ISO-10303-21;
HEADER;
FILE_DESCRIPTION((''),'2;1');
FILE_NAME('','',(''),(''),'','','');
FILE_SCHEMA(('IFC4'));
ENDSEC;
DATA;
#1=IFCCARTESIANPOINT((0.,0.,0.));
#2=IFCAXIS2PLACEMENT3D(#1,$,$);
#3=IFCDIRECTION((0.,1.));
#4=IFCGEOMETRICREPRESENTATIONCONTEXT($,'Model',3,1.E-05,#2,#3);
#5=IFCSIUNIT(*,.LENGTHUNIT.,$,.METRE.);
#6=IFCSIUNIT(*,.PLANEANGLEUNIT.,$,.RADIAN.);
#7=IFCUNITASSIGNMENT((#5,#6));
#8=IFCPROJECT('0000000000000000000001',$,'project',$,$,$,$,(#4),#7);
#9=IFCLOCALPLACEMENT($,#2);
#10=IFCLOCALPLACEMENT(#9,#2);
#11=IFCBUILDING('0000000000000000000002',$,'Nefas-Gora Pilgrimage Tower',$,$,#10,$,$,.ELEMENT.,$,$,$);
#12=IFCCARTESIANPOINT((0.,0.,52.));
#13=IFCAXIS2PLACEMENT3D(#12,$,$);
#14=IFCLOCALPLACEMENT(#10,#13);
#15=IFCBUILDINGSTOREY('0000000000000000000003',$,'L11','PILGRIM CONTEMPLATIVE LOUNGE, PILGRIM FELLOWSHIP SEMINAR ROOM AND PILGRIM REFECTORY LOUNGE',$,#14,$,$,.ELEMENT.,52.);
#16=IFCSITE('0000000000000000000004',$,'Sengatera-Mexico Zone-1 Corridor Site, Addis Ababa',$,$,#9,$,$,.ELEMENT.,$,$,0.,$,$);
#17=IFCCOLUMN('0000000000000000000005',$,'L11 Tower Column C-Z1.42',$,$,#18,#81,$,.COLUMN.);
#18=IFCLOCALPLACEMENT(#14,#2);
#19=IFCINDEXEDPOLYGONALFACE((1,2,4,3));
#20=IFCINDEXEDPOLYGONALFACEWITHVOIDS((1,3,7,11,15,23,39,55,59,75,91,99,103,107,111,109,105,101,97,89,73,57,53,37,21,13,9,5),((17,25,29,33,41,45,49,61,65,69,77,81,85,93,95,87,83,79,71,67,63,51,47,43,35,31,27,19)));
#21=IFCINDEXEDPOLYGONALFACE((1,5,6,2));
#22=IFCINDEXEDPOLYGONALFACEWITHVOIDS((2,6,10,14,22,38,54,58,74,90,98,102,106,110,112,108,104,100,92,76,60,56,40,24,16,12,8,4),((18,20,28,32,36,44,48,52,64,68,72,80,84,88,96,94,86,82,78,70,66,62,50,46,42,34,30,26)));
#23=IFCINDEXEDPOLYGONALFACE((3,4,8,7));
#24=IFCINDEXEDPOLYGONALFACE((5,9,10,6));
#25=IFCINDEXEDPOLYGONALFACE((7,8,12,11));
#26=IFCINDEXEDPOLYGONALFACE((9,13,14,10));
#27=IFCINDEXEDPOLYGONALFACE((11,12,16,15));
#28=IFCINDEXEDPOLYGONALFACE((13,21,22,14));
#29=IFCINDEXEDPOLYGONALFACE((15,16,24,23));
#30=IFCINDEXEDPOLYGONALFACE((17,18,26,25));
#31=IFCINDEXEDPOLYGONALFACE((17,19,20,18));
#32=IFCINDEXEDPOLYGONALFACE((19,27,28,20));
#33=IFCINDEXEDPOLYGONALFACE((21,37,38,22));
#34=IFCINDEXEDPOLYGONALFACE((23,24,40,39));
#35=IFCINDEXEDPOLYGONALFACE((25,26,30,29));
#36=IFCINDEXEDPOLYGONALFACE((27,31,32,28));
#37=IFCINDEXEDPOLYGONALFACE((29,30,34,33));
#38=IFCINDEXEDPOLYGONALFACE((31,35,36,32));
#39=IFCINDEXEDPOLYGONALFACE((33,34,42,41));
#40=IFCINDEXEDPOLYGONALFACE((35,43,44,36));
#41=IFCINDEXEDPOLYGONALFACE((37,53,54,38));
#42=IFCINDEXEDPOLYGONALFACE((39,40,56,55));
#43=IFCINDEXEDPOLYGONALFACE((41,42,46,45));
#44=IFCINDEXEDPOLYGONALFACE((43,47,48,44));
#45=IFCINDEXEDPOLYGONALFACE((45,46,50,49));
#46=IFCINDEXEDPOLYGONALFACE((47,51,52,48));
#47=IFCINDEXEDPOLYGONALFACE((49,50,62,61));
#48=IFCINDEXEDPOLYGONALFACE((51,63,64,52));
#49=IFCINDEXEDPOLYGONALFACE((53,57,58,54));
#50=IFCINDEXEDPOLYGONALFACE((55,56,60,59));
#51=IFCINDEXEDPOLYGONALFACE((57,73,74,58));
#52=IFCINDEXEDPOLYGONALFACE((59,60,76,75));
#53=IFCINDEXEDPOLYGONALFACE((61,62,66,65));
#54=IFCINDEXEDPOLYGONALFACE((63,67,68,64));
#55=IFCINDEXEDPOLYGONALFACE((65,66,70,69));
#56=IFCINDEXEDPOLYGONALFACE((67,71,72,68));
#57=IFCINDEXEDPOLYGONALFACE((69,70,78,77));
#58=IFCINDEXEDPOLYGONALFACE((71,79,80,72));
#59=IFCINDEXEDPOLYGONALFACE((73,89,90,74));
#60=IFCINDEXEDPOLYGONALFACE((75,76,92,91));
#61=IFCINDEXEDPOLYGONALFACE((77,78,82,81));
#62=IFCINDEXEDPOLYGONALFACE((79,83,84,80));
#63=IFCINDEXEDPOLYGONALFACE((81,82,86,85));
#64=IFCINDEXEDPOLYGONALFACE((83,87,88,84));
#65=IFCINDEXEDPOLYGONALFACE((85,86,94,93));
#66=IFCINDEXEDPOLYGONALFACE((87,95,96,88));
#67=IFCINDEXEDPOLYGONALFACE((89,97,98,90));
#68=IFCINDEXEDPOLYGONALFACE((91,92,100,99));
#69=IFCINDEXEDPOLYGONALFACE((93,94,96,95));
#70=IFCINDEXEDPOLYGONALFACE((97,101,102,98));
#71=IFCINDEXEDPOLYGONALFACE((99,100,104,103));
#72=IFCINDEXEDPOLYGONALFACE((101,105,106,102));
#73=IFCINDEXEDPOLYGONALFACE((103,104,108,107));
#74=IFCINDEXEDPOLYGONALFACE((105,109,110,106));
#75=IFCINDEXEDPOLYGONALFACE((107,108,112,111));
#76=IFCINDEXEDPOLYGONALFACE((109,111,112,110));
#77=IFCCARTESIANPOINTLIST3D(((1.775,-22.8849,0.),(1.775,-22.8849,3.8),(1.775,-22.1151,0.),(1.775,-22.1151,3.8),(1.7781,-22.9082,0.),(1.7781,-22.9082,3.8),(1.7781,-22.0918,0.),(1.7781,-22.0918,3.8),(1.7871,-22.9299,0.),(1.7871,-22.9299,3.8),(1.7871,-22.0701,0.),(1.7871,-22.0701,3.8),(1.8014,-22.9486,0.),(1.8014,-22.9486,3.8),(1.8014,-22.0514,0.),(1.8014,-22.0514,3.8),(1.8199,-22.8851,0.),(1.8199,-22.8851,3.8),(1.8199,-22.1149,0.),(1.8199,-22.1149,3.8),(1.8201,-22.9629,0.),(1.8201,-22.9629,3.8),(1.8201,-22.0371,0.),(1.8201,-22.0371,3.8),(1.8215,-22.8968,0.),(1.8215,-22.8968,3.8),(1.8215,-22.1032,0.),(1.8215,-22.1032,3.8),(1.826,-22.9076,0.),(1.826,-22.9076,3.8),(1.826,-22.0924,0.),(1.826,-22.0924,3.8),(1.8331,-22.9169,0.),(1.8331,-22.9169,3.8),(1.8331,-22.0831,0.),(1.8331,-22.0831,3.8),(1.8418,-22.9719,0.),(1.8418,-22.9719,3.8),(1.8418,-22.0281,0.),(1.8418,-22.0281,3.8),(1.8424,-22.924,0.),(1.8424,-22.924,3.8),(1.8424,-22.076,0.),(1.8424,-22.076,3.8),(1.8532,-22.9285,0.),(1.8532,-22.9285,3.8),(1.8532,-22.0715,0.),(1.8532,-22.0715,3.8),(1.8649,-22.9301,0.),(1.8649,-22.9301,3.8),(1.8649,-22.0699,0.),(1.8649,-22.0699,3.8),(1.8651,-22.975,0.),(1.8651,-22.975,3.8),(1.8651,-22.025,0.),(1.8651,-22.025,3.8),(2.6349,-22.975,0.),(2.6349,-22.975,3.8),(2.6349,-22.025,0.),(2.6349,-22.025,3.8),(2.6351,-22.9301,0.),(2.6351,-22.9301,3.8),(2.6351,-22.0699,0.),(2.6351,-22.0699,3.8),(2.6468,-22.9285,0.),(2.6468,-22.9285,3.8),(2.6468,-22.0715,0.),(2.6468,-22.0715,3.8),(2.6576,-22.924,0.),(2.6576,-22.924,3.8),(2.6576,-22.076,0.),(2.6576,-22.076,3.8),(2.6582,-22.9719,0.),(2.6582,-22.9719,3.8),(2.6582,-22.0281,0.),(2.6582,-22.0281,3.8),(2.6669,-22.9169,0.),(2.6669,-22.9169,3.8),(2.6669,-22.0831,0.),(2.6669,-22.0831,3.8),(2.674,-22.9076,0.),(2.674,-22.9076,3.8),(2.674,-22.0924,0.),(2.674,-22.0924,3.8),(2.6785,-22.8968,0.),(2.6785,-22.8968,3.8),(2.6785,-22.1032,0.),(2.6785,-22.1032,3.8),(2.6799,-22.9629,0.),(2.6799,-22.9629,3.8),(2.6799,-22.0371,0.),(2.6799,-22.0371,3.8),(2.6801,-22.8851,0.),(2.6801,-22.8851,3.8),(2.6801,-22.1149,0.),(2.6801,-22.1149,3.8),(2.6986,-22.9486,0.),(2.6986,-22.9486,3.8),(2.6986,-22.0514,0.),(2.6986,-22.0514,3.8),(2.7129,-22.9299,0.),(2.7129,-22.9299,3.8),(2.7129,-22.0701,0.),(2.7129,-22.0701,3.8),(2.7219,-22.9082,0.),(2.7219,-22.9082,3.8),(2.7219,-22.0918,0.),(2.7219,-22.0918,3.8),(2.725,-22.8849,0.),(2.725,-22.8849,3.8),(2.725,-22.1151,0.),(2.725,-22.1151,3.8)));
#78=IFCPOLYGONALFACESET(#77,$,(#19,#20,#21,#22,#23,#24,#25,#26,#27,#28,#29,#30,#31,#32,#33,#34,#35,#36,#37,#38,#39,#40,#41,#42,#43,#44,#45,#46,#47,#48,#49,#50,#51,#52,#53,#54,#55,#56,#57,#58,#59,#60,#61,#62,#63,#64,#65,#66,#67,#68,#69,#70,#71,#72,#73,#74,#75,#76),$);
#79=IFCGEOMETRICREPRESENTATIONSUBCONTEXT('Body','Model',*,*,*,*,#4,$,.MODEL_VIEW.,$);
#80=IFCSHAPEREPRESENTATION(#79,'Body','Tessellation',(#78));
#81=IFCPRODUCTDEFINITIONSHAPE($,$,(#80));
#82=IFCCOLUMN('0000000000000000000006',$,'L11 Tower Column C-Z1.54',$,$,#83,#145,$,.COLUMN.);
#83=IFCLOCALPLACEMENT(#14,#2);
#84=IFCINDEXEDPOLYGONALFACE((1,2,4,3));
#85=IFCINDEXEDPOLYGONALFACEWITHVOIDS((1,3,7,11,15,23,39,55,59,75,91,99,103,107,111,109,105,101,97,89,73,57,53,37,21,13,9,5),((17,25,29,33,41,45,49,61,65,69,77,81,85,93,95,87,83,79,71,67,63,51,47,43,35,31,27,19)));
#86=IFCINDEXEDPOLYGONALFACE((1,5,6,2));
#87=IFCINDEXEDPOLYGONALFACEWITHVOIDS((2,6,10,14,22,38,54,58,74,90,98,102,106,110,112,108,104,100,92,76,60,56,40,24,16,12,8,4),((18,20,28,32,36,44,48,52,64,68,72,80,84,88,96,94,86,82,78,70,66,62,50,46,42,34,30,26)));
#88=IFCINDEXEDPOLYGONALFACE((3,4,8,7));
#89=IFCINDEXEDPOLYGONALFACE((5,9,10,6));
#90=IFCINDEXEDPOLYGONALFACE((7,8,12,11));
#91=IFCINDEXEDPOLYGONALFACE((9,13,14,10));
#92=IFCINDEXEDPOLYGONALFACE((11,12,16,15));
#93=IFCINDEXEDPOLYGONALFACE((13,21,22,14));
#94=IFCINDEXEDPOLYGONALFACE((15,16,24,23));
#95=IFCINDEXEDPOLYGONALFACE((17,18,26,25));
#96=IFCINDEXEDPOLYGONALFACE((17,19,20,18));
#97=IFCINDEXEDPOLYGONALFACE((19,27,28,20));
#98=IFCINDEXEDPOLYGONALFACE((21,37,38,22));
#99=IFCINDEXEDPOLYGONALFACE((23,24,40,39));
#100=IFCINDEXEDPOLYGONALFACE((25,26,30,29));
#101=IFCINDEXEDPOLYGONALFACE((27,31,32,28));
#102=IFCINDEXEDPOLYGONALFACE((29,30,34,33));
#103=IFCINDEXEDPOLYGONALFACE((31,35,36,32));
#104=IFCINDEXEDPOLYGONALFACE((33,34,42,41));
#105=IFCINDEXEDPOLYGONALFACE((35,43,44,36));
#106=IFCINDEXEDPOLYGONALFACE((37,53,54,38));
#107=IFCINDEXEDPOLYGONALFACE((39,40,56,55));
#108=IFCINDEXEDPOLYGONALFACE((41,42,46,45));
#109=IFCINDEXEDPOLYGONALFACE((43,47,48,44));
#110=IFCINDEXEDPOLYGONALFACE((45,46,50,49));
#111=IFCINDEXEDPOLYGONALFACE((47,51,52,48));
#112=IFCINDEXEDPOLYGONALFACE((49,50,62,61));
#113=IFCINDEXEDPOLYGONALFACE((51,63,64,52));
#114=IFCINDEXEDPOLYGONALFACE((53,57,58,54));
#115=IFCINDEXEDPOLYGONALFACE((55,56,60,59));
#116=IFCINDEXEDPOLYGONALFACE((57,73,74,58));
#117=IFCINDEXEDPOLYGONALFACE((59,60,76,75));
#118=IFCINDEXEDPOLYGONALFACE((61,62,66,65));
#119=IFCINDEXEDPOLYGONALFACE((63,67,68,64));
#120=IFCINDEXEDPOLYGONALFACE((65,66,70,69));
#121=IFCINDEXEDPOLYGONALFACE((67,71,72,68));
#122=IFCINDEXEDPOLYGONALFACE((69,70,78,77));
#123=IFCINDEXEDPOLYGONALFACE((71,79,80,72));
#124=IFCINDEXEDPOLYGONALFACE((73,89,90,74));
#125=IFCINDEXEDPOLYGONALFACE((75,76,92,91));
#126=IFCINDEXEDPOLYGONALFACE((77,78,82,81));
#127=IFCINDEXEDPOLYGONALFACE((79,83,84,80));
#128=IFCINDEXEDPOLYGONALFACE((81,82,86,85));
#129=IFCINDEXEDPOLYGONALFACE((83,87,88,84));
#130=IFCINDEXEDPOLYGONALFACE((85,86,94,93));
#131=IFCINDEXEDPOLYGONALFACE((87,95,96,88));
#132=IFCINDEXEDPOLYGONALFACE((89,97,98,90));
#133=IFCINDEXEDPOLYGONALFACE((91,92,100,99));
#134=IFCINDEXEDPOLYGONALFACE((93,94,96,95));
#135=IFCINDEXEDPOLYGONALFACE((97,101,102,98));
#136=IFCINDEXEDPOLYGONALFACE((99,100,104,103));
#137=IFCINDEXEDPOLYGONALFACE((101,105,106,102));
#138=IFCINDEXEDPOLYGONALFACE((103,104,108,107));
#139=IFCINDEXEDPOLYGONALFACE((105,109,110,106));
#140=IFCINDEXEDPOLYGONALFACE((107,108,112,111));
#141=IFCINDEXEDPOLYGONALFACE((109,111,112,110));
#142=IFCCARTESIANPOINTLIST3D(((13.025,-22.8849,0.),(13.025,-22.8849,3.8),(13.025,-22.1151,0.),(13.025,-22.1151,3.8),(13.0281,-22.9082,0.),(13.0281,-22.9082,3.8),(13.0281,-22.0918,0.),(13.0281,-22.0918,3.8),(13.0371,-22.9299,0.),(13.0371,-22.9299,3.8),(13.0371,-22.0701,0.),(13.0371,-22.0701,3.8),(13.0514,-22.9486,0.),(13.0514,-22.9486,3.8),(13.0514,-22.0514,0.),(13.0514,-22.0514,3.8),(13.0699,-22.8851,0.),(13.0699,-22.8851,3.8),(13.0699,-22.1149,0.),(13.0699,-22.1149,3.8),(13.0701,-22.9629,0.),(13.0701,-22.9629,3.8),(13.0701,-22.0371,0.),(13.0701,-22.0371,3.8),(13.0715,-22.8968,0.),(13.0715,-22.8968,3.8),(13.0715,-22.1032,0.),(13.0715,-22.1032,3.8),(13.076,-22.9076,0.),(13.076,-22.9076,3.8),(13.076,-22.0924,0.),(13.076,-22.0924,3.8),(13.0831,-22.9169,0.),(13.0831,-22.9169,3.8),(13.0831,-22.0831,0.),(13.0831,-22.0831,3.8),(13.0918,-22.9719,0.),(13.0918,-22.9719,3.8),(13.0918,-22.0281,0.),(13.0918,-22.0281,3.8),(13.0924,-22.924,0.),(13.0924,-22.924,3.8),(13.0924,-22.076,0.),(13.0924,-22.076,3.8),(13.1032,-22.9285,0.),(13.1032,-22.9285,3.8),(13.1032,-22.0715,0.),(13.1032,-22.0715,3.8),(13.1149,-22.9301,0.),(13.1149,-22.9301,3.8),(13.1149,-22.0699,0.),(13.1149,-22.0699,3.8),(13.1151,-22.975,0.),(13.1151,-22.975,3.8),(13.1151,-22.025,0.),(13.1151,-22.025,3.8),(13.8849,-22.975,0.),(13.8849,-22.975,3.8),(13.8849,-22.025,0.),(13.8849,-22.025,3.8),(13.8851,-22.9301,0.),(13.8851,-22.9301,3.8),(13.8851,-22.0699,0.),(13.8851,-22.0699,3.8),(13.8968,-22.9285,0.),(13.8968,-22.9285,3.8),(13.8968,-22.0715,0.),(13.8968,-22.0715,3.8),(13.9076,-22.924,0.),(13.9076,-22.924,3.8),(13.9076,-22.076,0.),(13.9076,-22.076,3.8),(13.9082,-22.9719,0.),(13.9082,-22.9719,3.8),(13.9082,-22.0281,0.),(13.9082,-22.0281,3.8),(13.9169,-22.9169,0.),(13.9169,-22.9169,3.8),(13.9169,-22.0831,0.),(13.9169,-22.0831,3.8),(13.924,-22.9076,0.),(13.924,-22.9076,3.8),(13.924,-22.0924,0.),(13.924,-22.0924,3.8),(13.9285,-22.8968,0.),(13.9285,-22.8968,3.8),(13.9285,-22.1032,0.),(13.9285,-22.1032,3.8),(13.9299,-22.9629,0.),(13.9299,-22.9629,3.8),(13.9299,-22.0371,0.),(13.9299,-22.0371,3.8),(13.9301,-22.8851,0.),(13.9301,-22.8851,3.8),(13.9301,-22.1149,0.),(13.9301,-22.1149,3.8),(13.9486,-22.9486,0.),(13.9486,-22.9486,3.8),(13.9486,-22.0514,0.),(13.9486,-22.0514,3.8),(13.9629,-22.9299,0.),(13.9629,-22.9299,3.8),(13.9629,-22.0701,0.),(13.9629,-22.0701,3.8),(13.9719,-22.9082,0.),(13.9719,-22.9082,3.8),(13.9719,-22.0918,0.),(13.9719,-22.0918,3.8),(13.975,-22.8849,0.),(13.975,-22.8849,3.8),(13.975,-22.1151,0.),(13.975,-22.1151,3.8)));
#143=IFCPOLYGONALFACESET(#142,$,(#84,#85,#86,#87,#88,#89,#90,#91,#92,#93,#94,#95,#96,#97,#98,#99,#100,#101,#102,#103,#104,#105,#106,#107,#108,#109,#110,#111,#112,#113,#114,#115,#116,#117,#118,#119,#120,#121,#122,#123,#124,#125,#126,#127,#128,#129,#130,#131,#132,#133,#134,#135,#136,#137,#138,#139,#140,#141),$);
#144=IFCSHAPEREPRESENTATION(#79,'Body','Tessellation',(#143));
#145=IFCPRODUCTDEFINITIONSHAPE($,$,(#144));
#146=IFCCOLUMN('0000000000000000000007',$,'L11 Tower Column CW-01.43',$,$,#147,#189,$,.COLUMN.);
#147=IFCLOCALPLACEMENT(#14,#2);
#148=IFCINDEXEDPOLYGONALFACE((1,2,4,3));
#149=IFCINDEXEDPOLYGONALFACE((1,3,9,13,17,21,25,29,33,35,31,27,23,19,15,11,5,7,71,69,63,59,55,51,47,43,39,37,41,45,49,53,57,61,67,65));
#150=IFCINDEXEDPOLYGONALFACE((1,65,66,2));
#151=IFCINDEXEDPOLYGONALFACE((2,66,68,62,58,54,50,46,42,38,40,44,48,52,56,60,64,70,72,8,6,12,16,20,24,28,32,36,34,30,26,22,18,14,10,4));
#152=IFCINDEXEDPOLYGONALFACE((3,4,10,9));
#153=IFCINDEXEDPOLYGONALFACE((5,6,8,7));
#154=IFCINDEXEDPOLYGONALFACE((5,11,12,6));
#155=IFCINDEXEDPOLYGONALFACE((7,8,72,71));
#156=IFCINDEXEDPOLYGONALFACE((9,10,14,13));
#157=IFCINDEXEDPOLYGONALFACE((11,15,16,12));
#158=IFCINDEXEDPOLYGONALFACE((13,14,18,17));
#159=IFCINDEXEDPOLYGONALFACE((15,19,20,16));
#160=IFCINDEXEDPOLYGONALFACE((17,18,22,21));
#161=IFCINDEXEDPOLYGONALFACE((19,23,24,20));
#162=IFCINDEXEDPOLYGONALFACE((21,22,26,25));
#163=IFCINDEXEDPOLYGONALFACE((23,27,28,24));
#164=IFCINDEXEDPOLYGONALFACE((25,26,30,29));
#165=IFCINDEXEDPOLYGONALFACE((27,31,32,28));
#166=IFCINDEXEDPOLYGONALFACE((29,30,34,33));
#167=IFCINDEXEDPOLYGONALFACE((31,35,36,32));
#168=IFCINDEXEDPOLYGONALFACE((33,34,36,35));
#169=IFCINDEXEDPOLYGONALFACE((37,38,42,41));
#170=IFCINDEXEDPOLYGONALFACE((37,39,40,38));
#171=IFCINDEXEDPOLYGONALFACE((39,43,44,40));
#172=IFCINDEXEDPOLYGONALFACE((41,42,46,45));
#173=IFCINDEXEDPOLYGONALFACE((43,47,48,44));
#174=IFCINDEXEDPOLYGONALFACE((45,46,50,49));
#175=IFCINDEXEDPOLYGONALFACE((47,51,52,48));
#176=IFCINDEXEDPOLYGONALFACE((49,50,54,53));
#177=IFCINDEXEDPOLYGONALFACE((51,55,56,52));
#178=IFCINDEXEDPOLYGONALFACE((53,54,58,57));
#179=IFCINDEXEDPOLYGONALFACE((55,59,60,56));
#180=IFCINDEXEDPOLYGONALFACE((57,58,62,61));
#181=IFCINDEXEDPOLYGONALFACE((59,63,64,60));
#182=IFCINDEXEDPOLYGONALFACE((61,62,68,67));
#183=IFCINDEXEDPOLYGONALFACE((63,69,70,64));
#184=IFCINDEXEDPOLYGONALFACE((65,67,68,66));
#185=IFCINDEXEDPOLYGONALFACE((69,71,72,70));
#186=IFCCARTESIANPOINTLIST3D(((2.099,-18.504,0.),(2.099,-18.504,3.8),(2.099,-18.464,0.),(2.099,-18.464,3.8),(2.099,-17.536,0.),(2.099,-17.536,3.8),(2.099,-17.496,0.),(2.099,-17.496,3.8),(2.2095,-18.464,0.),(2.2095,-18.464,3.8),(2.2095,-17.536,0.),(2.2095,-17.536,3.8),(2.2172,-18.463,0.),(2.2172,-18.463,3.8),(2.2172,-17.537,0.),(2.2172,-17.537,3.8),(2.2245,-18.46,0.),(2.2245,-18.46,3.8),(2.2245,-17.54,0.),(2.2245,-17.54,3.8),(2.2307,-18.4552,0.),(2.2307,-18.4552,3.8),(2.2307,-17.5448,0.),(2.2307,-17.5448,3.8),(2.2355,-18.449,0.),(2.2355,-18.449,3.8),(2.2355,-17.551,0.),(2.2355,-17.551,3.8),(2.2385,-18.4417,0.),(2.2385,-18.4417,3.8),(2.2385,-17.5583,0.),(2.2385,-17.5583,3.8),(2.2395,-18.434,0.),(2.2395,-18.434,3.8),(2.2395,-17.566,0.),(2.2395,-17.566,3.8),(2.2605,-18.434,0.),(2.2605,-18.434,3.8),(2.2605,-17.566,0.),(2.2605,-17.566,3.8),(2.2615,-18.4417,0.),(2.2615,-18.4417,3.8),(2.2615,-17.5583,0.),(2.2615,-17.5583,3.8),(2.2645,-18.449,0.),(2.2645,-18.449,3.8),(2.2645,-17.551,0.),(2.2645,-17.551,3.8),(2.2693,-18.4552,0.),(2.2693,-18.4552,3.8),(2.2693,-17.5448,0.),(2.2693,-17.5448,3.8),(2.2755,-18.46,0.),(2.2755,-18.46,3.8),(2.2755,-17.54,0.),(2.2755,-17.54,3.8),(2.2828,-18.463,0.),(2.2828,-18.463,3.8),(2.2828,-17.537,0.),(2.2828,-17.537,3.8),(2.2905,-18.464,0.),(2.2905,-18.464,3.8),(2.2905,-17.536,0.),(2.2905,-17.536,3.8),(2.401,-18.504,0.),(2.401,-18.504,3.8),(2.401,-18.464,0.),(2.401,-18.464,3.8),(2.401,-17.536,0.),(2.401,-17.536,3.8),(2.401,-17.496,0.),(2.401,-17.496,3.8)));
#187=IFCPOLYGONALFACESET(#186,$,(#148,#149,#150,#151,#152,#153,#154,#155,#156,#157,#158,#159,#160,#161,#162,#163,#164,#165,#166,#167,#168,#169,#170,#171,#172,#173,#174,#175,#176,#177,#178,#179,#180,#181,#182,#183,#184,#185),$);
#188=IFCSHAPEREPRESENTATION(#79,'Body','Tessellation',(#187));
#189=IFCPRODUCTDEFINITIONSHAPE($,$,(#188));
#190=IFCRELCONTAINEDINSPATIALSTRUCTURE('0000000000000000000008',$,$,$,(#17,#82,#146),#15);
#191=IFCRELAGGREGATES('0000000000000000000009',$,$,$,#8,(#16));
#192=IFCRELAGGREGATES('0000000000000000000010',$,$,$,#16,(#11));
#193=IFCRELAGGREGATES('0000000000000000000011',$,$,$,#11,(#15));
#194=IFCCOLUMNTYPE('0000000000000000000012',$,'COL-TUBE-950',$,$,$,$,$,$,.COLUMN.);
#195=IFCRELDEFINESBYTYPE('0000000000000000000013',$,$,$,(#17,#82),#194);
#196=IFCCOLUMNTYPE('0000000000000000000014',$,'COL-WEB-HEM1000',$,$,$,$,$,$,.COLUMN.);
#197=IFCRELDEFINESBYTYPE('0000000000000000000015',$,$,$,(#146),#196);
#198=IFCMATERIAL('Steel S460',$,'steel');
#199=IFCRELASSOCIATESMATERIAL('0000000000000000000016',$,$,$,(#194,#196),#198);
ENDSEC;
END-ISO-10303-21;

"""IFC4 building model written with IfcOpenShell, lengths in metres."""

from ifc_helpers import new_model, si_unit, direction, frame, origin, origin_2d, place, context, subcontext, project, spatial, hollow_rectangle, i_section, extrude, source, transform, mapped, material, material_profile, profile_set, type_object, element, save


model = new_model("IFC4")

# Units and contexts
model_context = context("Model", 3, precision=1e-05, world=origin(), true_north=direction((0.0, 1.0)))
body_context = subcontext(model_context, "Body", "Model", "MODEL_VIEW")
ifc_project = project(units=[si_unit("LENGTHUNIT", "METRE"), si_unit("PLANEANGLEUNIT", "RADIAN")], contexts=[model_context])

# Site, building, storey
site_placement = place(None, origin())
site = spatial("IfcSite", under=ifc_project, at=site_placement, Name="Sengatera-Mexico Zone-1 Corridor Site, Addis Ababa", CompositionType="ELEMENT", RefElevation=0.0)
building_placement = place(site_placement, origin())
building = spatial("IfcBuilding", under=site, at=building_placement, Name="Nefas-Gora Pilgrimage Tower", CompositionType="ELEMENT")
storey_placement = place(building_placement, frame((0.0, 0.0, 52.0)))
storey = spatial("IfcBuildingStorey", under=building, at=storey_placement, Name="L11", Description="PILGRIM CONTEMPLATIVE LOUNGE, PILGRIM FELLOWSHIP SEMINAR ROOM AND PILGRIM REFECTORY LOUNGE", CompositionType="ELEMENT", Elevation=52.0)

# Columns
ifc_material_1 = material(Name="Steel S460", Category="steel")
ifc_material_profile_1 = material_profile(ifc_material_1, hollow_rectangle(XDim=0.95, YDim=0.95, WallThickness=0.0449, InnerFilletRadius=0.0449, OuterFilletRadius=0.0901, at=origin_2d()), Name="BOX 950x950x45")
ifc_profile_set_1 = profile_set([ifc_material_profile_1], Name="Steel S460")
column_type_1 = type_object("IfcColumnType", Name="COL-TUBE-950", PredefinedType="COLUMN", material=ifc_profile_set_1)
shared_shape_1 = source(origin(), body_context, "Body", "SweptSolid", [
    extrude(hollow_rectangle(XDim=0.95, YDim=0.95, WallThickness=0.0449, InnerFilletRadius=0.0449, OuterFilletRadius=0.0901, at=origin_2d()), origin(), (0.0, 0.0, 1.0), 3.8),
])
for number, where, z_axis, x_axis, name in (
    (1, (2.25, -22.5, 0.0), (0.0, 0.0, 1.0), (1.0, 0.0, 0.0), "L11 Tower Column C-Z1.42"),
    (2, (13.5, -22.5, 0.0), (0.0, 0.0, 1.0), (1.0, 0.0, 0.0), "L11 Tower Column C-Z1.54"),
):
    element("IfcColumn", number, at=place(storey_placement, frame(where, z_axis=z_axis, x_axis=x_axis)), inside=storey, type_object=column_type_1, Name=name, PredefinedType="COLUMN", context=body_context, shape_type="MappedRepresentation", body=[
        mapped(shared_shape_1, transform((0.0, 0.0, 0.0), x_axis=(1.0, 0.0, 0.0), y_axis=(0.0, 1.0, 0.0), z_axis=(0.0, 0.0, 1.0), scale=1.0)),
    ])
ifc_material_profile_2 = material_profile(ifc_material_1, i_section(OverallWidth=0.302, OverallDepth=1.0081, WebThickness=0.021, FlangeThickness=0.04, FilletRadius=0.03, at=origin_2d()), Name="HEM 1000")
ifc_profile_set_2 = profile_set([ifc_material_profile_2], Name="Steel S460")
column_type_2 = type_object("IfcColumnType", Name="COL-WEB-HEM1000", PredefinedType="COLUMN", material=ifc_profile_set_2)
shared_shape_2 = source(origin(), body_context, "Body", "SweptSolid", [
    extrude(i_section(OverallWidth=0.302, OverallDepth=1.0081, WebThickness=0.021, FlangeThickness=0.04, FilletRadius=0.03, at=origin_2d()), origin(), (0.0, 0.0, 1.0), 3.8),
])
for number, where, z_axis, x_axis, name in (
    (3, (2.25, -18.0, 0.0), (0.0, 0.0, 1.0), (1.0, 0.0, 0.0), "L11 Tower Column CW-01.43"),
):
    element("IfcColumn", number, at=place(storey_placement, frame(where, z_axis=z_axis, x_axis=x_axis)), inside=storey, type_object=column_type_2, Name=name, PredefinedType="COLUMN", context=body_context, shape_type="MappedRepresentation", body=[
        mapped(shared_shape_2, transform((0.0, 0.0, 0.0), x_axis=(1.0, 0.0, 0.0), y_axis=(0.0, 1.0, 0.0), z_axis=(0.0, 0.0, 1.0), scale=1.0)),
    ])

save(model, "model.ifc")
